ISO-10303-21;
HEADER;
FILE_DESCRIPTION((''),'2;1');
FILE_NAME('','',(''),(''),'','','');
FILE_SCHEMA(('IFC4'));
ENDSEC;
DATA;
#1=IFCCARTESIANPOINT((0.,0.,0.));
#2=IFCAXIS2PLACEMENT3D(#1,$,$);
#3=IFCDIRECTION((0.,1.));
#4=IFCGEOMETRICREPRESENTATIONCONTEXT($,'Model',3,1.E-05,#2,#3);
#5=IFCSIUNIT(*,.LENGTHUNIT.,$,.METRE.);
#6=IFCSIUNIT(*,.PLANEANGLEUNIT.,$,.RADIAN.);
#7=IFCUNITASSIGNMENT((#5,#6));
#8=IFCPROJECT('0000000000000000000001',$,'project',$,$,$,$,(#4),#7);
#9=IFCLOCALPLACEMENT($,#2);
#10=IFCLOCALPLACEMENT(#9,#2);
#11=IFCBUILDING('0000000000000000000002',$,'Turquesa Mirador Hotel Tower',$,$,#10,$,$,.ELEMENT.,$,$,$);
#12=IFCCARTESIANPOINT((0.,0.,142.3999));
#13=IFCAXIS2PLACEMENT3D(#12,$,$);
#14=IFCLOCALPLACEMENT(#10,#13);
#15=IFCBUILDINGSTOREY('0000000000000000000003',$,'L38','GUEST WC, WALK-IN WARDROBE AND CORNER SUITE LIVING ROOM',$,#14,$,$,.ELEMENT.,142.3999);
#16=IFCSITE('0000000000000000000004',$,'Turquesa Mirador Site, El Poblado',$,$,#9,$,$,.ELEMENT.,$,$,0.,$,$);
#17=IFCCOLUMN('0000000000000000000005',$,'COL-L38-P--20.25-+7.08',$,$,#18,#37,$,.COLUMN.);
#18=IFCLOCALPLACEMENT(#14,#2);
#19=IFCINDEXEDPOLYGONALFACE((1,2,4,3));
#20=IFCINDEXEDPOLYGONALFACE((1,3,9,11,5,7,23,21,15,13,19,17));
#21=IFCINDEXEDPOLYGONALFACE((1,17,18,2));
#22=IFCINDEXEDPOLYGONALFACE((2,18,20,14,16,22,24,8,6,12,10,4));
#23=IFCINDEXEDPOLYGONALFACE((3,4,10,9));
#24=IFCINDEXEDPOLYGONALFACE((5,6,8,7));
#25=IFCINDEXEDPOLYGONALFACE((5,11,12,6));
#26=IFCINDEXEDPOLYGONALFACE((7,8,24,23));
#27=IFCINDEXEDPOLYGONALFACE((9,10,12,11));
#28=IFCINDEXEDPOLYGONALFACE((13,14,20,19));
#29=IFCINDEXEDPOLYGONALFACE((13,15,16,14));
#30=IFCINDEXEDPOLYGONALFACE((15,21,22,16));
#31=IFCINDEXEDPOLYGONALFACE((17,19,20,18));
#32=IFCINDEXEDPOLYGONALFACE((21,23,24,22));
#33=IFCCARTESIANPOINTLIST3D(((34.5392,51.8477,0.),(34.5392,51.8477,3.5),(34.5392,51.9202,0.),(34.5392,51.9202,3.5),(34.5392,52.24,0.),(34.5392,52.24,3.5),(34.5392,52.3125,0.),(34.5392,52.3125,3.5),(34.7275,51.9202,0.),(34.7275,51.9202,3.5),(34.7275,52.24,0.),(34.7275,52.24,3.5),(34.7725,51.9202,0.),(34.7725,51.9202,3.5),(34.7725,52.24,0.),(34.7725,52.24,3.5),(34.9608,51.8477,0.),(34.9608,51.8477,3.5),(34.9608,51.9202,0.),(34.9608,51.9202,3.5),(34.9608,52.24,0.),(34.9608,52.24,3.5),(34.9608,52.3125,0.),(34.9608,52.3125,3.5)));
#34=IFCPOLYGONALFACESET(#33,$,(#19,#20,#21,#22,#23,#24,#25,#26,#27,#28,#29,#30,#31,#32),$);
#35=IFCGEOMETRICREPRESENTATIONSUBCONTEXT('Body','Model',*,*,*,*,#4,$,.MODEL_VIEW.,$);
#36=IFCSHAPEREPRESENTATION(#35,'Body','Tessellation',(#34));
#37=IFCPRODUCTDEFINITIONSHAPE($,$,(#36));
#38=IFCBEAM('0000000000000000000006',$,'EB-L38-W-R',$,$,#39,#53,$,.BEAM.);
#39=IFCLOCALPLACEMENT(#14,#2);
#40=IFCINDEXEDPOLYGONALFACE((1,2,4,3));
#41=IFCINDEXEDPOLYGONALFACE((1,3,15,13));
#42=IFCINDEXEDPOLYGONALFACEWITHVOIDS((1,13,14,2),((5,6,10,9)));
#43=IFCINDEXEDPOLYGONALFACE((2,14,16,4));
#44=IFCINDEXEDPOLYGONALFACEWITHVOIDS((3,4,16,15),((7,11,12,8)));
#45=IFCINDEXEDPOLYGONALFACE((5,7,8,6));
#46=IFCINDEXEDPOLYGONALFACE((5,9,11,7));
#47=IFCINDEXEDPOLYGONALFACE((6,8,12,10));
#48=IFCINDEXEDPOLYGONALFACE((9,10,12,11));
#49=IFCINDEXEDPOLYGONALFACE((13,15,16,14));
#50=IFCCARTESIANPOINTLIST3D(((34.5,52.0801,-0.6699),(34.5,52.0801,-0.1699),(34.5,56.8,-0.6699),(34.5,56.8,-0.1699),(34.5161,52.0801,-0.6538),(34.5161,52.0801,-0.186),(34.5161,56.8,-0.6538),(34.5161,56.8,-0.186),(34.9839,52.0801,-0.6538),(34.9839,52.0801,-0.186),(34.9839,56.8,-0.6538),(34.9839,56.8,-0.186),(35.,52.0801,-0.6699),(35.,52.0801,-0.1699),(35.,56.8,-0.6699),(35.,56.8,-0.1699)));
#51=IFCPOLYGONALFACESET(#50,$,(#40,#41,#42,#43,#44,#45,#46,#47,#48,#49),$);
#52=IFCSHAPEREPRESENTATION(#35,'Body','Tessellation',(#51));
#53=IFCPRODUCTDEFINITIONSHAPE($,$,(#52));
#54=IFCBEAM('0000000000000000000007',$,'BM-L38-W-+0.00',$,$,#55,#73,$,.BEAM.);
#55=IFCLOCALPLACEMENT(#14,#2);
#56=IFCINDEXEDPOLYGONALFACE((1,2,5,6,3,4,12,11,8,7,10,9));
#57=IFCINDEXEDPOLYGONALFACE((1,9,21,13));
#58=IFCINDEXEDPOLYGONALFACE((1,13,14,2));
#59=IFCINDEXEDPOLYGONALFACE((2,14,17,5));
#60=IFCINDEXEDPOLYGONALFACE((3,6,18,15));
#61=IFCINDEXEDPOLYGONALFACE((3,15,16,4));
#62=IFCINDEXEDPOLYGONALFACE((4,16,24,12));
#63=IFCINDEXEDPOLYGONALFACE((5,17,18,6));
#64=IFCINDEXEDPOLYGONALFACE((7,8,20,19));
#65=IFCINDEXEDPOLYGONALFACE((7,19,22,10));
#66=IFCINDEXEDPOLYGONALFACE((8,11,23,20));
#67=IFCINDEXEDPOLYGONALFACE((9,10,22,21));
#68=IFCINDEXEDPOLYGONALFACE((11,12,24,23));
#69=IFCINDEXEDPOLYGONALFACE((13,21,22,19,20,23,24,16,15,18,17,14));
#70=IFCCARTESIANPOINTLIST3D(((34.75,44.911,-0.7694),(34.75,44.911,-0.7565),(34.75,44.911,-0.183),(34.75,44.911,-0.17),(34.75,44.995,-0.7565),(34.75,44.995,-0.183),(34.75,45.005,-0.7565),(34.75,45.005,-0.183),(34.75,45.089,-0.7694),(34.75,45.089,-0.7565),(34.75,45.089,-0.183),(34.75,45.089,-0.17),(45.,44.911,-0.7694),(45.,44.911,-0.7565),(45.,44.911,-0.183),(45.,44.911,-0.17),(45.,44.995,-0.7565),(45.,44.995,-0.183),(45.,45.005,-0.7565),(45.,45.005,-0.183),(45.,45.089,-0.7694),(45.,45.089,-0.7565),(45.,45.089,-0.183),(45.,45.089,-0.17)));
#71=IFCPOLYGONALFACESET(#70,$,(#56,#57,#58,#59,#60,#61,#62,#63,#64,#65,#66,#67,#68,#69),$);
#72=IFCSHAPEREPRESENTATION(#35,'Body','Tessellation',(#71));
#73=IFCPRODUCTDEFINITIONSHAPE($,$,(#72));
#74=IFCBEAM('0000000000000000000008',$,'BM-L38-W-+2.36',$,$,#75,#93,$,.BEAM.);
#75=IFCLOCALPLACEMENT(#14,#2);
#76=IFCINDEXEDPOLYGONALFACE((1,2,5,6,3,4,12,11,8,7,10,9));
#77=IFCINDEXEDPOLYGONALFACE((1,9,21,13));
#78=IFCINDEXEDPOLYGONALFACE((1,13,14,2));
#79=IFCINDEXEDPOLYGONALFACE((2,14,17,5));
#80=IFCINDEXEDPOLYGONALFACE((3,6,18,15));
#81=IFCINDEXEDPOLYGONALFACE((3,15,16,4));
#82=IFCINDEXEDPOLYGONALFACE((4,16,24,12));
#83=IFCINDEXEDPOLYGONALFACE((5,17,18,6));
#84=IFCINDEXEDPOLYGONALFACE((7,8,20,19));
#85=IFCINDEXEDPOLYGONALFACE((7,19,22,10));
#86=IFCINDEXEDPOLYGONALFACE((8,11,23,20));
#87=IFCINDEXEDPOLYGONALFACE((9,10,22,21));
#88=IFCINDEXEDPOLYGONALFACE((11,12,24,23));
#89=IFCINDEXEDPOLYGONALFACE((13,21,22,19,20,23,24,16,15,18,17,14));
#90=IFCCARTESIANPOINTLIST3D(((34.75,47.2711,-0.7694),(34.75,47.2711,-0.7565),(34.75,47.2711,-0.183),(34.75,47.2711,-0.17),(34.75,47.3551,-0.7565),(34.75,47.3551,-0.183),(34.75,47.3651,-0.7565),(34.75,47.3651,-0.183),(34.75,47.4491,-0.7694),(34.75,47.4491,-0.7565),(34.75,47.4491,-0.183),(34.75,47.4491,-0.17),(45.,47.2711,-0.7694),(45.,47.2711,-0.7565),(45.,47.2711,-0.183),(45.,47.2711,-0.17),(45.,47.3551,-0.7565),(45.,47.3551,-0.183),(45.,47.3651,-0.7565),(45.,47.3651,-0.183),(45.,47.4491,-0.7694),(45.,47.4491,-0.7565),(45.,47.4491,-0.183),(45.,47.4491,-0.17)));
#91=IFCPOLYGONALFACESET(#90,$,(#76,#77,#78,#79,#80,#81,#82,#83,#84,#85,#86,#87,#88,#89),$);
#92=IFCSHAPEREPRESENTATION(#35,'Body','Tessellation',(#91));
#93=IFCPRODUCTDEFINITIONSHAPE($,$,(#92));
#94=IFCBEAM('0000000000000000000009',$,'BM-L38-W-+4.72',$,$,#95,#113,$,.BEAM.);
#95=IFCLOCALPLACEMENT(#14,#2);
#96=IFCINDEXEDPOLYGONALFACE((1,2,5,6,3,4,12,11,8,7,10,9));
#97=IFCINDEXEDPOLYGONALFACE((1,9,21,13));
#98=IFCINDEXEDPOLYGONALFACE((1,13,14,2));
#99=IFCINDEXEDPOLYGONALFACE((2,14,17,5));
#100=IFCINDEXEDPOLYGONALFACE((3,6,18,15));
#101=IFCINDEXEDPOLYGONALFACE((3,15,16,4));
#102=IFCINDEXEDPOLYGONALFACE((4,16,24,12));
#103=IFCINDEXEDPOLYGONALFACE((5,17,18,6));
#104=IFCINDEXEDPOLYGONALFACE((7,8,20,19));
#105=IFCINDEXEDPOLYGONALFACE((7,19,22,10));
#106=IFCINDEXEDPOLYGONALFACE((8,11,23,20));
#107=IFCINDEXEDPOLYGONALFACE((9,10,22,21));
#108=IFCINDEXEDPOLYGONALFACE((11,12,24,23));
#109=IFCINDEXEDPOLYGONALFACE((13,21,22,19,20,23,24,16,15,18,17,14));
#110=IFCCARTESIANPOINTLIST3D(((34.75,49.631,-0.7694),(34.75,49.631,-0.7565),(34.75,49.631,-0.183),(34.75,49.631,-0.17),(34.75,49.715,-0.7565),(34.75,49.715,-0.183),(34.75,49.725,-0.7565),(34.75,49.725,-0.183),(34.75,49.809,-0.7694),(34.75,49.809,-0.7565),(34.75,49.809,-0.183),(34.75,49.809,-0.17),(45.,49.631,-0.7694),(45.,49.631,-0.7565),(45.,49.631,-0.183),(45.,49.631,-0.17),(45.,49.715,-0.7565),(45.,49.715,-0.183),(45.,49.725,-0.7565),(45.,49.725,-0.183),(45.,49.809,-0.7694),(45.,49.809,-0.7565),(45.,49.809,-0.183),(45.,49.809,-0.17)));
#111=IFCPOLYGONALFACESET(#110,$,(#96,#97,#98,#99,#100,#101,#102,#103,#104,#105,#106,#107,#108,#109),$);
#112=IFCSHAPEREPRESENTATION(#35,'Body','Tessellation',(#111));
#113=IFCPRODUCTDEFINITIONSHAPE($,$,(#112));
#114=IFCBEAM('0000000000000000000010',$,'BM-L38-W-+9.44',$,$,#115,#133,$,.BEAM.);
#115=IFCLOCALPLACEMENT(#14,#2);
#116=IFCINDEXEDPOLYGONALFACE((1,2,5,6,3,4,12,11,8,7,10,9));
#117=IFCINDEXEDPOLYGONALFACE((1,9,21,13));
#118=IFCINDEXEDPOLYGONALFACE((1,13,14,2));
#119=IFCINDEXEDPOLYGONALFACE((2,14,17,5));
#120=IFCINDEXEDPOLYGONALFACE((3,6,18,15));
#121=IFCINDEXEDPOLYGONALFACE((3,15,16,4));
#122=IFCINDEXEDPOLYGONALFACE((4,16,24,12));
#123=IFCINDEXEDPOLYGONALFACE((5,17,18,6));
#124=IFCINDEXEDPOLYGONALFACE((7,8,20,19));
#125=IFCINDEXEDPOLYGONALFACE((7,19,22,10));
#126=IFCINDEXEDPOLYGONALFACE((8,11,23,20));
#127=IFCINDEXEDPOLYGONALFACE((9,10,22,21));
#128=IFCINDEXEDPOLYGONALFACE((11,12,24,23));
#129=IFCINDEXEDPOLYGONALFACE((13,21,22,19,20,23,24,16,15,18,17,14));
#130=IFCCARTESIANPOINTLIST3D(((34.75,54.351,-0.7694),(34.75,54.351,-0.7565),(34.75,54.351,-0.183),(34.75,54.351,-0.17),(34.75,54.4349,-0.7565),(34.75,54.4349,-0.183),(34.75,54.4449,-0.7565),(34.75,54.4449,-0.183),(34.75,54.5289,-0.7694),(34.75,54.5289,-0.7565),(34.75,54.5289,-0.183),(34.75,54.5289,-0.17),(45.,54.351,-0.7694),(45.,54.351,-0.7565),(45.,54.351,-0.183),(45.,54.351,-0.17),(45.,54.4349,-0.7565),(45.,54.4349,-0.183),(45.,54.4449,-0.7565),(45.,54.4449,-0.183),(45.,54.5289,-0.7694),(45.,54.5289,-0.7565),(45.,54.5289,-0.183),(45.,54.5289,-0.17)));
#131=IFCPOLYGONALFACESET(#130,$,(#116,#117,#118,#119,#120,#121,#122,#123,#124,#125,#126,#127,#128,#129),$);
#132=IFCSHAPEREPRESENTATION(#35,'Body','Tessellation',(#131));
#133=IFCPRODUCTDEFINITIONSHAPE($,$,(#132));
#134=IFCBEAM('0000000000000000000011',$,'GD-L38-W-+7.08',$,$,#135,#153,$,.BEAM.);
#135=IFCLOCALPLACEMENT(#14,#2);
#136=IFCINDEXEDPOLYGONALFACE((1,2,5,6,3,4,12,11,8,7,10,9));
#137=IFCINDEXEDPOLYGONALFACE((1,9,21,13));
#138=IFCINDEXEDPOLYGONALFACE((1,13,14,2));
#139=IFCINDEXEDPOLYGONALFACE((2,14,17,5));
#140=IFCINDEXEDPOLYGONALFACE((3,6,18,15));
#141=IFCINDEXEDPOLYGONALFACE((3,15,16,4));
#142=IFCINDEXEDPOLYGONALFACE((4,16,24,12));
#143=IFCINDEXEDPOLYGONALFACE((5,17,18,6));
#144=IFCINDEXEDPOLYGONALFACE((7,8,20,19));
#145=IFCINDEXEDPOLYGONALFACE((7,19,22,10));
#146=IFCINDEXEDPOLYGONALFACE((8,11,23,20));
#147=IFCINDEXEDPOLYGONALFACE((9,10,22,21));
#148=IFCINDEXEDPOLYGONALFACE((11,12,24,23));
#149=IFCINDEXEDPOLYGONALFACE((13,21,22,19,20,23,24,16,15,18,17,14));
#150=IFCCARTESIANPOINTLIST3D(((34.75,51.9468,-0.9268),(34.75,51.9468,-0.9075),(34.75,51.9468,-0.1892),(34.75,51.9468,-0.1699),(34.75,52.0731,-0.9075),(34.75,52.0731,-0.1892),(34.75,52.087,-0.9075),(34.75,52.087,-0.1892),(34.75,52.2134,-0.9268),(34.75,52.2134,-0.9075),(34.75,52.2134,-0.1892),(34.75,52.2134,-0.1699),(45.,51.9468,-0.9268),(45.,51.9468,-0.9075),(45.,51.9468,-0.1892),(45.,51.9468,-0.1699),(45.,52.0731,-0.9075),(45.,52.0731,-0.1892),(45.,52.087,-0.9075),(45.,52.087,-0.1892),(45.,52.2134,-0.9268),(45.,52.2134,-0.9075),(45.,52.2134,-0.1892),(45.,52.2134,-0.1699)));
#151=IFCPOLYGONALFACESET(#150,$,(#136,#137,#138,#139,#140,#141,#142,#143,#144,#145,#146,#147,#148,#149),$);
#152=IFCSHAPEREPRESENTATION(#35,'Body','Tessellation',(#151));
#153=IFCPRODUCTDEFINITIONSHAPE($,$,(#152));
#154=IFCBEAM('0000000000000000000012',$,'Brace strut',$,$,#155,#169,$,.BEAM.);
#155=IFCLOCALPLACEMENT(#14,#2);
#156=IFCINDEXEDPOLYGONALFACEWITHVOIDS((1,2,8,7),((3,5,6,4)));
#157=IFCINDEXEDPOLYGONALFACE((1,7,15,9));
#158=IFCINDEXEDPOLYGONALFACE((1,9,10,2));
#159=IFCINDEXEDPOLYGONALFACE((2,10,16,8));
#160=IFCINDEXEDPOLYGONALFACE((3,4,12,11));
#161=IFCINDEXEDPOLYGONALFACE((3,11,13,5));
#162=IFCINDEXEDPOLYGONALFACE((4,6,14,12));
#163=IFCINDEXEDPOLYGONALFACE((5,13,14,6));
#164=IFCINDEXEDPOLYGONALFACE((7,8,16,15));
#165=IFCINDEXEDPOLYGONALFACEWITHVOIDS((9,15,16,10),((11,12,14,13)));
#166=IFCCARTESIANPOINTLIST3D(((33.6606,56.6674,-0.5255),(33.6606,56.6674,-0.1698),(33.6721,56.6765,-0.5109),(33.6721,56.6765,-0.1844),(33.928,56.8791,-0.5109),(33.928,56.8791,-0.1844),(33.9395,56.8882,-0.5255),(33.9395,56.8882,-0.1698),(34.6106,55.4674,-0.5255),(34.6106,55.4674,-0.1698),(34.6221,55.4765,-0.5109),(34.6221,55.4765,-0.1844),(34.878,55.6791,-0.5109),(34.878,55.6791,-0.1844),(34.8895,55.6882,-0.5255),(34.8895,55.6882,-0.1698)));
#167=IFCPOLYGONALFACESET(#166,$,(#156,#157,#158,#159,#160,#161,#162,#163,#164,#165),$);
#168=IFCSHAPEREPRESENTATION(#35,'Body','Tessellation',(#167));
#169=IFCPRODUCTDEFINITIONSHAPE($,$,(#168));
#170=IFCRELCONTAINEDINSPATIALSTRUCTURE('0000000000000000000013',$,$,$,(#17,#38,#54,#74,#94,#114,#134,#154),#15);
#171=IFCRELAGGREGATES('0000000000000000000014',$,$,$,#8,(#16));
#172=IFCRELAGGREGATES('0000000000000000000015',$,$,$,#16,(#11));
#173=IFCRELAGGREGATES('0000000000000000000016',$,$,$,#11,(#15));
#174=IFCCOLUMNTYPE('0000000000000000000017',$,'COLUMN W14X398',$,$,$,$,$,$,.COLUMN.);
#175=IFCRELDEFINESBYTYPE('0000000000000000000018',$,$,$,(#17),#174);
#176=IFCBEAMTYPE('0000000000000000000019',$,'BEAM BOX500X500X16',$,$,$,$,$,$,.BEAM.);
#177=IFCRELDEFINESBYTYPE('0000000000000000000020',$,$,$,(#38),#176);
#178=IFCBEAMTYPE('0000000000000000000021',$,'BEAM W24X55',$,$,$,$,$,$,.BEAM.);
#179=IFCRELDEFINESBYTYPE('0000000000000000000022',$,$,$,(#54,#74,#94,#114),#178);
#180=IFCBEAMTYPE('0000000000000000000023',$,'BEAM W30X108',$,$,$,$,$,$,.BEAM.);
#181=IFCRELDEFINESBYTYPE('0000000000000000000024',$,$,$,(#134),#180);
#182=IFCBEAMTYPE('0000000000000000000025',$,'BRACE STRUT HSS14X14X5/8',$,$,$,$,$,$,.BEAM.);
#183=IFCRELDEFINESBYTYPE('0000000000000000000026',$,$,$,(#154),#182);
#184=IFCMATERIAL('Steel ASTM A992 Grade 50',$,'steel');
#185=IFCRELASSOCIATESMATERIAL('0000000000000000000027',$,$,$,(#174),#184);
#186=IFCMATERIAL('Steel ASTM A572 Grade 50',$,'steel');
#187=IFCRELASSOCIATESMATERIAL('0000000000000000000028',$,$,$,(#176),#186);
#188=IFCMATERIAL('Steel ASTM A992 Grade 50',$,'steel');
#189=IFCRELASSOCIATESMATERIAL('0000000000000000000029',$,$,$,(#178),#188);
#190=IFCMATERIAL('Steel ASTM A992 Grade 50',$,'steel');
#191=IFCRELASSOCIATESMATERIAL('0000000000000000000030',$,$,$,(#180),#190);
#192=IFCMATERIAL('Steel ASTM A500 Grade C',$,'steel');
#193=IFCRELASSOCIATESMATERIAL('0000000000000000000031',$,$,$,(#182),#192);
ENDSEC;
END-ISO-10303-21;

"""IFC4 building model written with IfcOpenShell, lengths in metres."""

from ifc_helpers import new_model, si_unit, direction, frame, origin, origin_2d, place, context, subcontext, project, spatial, hollow_rectangle, i_section, extrude, material, material_profile, profile_set, type_object, element, save


model = new_model("IFC4")

# Units and contexts
model_context = context("Model", 3, precision=1e-05, world=origin(), true_north=direction((0.0, 1.0)))
body_context = subcontext(model_context, "Body", "Model", "MODEL_VIEW")
ifc_project = project(units=[si_unit("LENGTHUNIT", "METRE"), si_unit("PLANEANGLEUNIT", "RADIAN")], contexts=[model_context])

# Site, building, storey
site_placement = place(None, origin())
site = spatial("IfcSite", under=ifc_project, at=site_placement, Name="Turquesa Mirador Site, El Poblado", CompositionType="ELEMENT", RefElevation=0.0)
building_placement = place(site_placement, origin())
building = spatial("IfcBuilding", under=site, at=building_placement, Name="Turquesa Mirador Hotel Tower", CompositionType="ELEMENT")
storey_placement = place(building_placement, frame((0.0, 0.0, 142.3999)))
storey = spatial("IfcBuildingStorey", under=building, at=storey_placement, Name="L38", Description="GUEST WC, WALK-IN WARDROBE AND CORNER SUITE LIVING ROOM", CompositionType="ELEMENT", Elevation=142.3999)

# Column
ifc_material_1 = material(Name="Steel ASTM A992 Grade 50", Category="steel")
ifc_material_profile_1 = material_profile(ifc_material_1, i_section(OverallWidth=0.4216, OverallDepth=0.4648, WebThickness=0.0449, FlangeThickness=0.0725, at=origin_2d()), Name="W14X398")
ifc_profile_set_1 = profile_set([ifc_material_profile_1], Name="Steel ASTM A992 Grade 50")
column_type = type_object("IfcColumnType", Name="COLUMN W14X398", PredefinedType="COLUMN", material=ifc_profile_set_1)
column_placement = place(storey_placement, frame((34.75, 52.0801, 0.0), z_axis=(0.0, 0.0, 1.0), x_axis=(1.0, 0.0, 0.0)))
element("IfcColumn", 1, at=column_placement, inside=storey, type_object=column_type, Name="COL-L38-P--20.25-+7.08", PredefinedType="COLUMN", context=body_context, shape_type="SweptSolid", body=[
    extrude(i_section(OverallWidth=0.4216, OverallDepth=0.4648, WebThickness=0.0449, FlangeThickness=0.0725, at=origin_2d()), origin(), (0.0, 0.0, 1.0), 3.5),
])

# Beams
ifc_material_2 = material(Name="Steel ASTM A572 Grade 50", Category="steel")
ifc_material_profile_2 = material_profile(ifc_material_2, hollow_rectangle(XDim=0.5, YDim=0.5, WallThickness=0.0161, at=origin_2d()), Name="BOX500X500X16")
ifc_profile_set_2 = profile_set([ifc_material_profile_2], Name="Steel ASTM A572 Grade 50")
beam_type_1 = type_object("IfcBeamType", Name="BEAM BOX500X500X16", PredefinedType="BEAM", material=ifc_profile_set_2)
beam_1_placement = place(storey_placement, frame((34.75, 52.0801, -0.4199), z_axis=(0.0, 1.0, 0.0), x_axis=(-1.0, 0.0, 0.0)))
element("IfcBeam", 2, at=beam_1_placement, inside=storey, type_object=beam_type_1, Name="EB-L38-W-R", PredefinedType="BEAM", context=body_context, shape_type="SweptSolid", body=[
    extrude(hollow_rectangle(XDim=0.5, YDim=0.5, WallThickness=0.0161, at=origin_2d()), origin(), (0.0, 0.0, 1.0), 4.72),
])
ifc_material_3 = material(Name="Steel ASTM A992 Grade 50", Category="steel")
ifc_material_profile_3 = material_profile(ifc_material_3, i_section(OverallWidth=0.178, OverallDepth=0.5994, WebThickness=0.01, FlangeThickness=0.0129, at=origin_2d()), Name="W24X55")
ifc_profile_set_3 = profile_set([ifc_material_profile_3], Name="Steel ASTM A992 Grade 50")
beam_type_2 = type_object("IfcBeamType", Name="BEAM W24X55", PredefinedType="BEAM", material=ifc_profile_set_3)
for number, where, z_axis, x_axis, name in (
    (3, (34.75, 45.0, -0.4697), (1.0, 0.0, 0.0), (0.0, 1.0, 0.0), "BM-L38-W-+0.00"),
    (4, (34.75, 47.3601, -0.4697), (1.0, 0.0, 0.0), (0.0, 1.0, 0.0), "BM-L38-W-+2.36"),
    (5, (34.75, 49.72, -0.4697), (1.0, 0.0, 0.0), (0.0, 1.0, 0.0), "BM-L38-W-+4.72"),
    (6, (34.75, 54.4399, -0.4697), (1.0, 0.0, 0.0), (0.0, 1.0, 0.0), "BM-L38-W-+9.44"),
):
    element("IfcBeam", number, at=place(storey_placement, frame(where, z_axis=z_axis, x_axis=x_axis)), inside=storey, type_object=beam_type_2, Name=name, PredefinedType="BEAM", context=body_context, shape_type="SweptSolid", body=[
        extrude(i_section(OverallWidth=0.178, OverallDepth=0.5994, WebThickness=0.01, FlangeThickness=0.0129, at=origin_2d()), origin(), (0.0, 0.0, 1.0), 10.25),
    ])
ifc_material_4 = material(Name="Steel ASTM A992 Grade 50", Category="steel")
ifc_material_profile_4 = material_profile(ifc_material_4, i_section(OverallWidth=0.2666, OverallDepth=0.7568, WebThickness=0.0139, FlangeThickness=0.0193, at=origin_2d()), Name="W30X108")
ifc_profile_set_4 = profile_set([ifc_material_profile_4], Name="Steel ASTM A992 Grade 50")
beam_type_3 = type_object("IfcBeamType", Name="BEAM W30X108", PredefinedType="BEAM", material=ifc_profile_set_4)
beam_2_placement = place(storey_placement, frame((34.75, 52.0801, -0.5483), z_axis=(1.0, 0.0, 0.0), x_axis=(0.0, 1.0, 0.0)))
element("IfcBeam", 7, at=beam_2_placement, inside=storey, type_object=beam_type_3, Name="GD-L38-W-+7.08", PredefinedType="BEAM", context=body_context, shape_type="SweptSolid", body=[
    extrude(i_section(OverallWidth=0.2666, OverallDepth=0.7568, WebThickness=0.0139, FlangeThickness=0.0193, at=origin_2d()), origin(), (0.0, 0.0, 1.0), 10.25),
])
ifc_material_5 = material(Name="Steel ASTM A500 Grade C", Category="steel")
ifc_material_profile_5 = material_profile(ifc_material_5, hollow_rectangle(XDim=0.3557, YDim=0.3557, WallThickness=0.0146, at=origin_2d()), Name="HSS14X14X5/8")
ifc_profile_set_5 = profile_set([ifc_material_profile_5], Name="Steel ASTM A500 Grade C")
beam_type_4 = type_object("IfcBeamType", Name="BRACE STRUT HSS14X14X5/8", PredefinedType="BEAM", material=ifc_profile_set_5)
beam_3_placement = place(storey_placement, frame((33.8, 56.7778, -0.3477), z_axis=(0.620699, -0.784049, 0.0), x_axis=(0.784049, 0.620699, 0.0)))
element("IfcBeam", 8, at=beam_3_placement, inside=storey, type_object=beam_type_4, Name="Brace strut", PredefinedType="BEAM", context=body_context, shape_type="SweptSolid", body=[
    extrude(hollow_rectangle(XDim=0.3557, YDim=0.3557, WallThickness=0.0146, at=origin_2d()), origin(), (0.0, 0.0, 1.0), 1.5305),
])

save(model, "model.ifc")
